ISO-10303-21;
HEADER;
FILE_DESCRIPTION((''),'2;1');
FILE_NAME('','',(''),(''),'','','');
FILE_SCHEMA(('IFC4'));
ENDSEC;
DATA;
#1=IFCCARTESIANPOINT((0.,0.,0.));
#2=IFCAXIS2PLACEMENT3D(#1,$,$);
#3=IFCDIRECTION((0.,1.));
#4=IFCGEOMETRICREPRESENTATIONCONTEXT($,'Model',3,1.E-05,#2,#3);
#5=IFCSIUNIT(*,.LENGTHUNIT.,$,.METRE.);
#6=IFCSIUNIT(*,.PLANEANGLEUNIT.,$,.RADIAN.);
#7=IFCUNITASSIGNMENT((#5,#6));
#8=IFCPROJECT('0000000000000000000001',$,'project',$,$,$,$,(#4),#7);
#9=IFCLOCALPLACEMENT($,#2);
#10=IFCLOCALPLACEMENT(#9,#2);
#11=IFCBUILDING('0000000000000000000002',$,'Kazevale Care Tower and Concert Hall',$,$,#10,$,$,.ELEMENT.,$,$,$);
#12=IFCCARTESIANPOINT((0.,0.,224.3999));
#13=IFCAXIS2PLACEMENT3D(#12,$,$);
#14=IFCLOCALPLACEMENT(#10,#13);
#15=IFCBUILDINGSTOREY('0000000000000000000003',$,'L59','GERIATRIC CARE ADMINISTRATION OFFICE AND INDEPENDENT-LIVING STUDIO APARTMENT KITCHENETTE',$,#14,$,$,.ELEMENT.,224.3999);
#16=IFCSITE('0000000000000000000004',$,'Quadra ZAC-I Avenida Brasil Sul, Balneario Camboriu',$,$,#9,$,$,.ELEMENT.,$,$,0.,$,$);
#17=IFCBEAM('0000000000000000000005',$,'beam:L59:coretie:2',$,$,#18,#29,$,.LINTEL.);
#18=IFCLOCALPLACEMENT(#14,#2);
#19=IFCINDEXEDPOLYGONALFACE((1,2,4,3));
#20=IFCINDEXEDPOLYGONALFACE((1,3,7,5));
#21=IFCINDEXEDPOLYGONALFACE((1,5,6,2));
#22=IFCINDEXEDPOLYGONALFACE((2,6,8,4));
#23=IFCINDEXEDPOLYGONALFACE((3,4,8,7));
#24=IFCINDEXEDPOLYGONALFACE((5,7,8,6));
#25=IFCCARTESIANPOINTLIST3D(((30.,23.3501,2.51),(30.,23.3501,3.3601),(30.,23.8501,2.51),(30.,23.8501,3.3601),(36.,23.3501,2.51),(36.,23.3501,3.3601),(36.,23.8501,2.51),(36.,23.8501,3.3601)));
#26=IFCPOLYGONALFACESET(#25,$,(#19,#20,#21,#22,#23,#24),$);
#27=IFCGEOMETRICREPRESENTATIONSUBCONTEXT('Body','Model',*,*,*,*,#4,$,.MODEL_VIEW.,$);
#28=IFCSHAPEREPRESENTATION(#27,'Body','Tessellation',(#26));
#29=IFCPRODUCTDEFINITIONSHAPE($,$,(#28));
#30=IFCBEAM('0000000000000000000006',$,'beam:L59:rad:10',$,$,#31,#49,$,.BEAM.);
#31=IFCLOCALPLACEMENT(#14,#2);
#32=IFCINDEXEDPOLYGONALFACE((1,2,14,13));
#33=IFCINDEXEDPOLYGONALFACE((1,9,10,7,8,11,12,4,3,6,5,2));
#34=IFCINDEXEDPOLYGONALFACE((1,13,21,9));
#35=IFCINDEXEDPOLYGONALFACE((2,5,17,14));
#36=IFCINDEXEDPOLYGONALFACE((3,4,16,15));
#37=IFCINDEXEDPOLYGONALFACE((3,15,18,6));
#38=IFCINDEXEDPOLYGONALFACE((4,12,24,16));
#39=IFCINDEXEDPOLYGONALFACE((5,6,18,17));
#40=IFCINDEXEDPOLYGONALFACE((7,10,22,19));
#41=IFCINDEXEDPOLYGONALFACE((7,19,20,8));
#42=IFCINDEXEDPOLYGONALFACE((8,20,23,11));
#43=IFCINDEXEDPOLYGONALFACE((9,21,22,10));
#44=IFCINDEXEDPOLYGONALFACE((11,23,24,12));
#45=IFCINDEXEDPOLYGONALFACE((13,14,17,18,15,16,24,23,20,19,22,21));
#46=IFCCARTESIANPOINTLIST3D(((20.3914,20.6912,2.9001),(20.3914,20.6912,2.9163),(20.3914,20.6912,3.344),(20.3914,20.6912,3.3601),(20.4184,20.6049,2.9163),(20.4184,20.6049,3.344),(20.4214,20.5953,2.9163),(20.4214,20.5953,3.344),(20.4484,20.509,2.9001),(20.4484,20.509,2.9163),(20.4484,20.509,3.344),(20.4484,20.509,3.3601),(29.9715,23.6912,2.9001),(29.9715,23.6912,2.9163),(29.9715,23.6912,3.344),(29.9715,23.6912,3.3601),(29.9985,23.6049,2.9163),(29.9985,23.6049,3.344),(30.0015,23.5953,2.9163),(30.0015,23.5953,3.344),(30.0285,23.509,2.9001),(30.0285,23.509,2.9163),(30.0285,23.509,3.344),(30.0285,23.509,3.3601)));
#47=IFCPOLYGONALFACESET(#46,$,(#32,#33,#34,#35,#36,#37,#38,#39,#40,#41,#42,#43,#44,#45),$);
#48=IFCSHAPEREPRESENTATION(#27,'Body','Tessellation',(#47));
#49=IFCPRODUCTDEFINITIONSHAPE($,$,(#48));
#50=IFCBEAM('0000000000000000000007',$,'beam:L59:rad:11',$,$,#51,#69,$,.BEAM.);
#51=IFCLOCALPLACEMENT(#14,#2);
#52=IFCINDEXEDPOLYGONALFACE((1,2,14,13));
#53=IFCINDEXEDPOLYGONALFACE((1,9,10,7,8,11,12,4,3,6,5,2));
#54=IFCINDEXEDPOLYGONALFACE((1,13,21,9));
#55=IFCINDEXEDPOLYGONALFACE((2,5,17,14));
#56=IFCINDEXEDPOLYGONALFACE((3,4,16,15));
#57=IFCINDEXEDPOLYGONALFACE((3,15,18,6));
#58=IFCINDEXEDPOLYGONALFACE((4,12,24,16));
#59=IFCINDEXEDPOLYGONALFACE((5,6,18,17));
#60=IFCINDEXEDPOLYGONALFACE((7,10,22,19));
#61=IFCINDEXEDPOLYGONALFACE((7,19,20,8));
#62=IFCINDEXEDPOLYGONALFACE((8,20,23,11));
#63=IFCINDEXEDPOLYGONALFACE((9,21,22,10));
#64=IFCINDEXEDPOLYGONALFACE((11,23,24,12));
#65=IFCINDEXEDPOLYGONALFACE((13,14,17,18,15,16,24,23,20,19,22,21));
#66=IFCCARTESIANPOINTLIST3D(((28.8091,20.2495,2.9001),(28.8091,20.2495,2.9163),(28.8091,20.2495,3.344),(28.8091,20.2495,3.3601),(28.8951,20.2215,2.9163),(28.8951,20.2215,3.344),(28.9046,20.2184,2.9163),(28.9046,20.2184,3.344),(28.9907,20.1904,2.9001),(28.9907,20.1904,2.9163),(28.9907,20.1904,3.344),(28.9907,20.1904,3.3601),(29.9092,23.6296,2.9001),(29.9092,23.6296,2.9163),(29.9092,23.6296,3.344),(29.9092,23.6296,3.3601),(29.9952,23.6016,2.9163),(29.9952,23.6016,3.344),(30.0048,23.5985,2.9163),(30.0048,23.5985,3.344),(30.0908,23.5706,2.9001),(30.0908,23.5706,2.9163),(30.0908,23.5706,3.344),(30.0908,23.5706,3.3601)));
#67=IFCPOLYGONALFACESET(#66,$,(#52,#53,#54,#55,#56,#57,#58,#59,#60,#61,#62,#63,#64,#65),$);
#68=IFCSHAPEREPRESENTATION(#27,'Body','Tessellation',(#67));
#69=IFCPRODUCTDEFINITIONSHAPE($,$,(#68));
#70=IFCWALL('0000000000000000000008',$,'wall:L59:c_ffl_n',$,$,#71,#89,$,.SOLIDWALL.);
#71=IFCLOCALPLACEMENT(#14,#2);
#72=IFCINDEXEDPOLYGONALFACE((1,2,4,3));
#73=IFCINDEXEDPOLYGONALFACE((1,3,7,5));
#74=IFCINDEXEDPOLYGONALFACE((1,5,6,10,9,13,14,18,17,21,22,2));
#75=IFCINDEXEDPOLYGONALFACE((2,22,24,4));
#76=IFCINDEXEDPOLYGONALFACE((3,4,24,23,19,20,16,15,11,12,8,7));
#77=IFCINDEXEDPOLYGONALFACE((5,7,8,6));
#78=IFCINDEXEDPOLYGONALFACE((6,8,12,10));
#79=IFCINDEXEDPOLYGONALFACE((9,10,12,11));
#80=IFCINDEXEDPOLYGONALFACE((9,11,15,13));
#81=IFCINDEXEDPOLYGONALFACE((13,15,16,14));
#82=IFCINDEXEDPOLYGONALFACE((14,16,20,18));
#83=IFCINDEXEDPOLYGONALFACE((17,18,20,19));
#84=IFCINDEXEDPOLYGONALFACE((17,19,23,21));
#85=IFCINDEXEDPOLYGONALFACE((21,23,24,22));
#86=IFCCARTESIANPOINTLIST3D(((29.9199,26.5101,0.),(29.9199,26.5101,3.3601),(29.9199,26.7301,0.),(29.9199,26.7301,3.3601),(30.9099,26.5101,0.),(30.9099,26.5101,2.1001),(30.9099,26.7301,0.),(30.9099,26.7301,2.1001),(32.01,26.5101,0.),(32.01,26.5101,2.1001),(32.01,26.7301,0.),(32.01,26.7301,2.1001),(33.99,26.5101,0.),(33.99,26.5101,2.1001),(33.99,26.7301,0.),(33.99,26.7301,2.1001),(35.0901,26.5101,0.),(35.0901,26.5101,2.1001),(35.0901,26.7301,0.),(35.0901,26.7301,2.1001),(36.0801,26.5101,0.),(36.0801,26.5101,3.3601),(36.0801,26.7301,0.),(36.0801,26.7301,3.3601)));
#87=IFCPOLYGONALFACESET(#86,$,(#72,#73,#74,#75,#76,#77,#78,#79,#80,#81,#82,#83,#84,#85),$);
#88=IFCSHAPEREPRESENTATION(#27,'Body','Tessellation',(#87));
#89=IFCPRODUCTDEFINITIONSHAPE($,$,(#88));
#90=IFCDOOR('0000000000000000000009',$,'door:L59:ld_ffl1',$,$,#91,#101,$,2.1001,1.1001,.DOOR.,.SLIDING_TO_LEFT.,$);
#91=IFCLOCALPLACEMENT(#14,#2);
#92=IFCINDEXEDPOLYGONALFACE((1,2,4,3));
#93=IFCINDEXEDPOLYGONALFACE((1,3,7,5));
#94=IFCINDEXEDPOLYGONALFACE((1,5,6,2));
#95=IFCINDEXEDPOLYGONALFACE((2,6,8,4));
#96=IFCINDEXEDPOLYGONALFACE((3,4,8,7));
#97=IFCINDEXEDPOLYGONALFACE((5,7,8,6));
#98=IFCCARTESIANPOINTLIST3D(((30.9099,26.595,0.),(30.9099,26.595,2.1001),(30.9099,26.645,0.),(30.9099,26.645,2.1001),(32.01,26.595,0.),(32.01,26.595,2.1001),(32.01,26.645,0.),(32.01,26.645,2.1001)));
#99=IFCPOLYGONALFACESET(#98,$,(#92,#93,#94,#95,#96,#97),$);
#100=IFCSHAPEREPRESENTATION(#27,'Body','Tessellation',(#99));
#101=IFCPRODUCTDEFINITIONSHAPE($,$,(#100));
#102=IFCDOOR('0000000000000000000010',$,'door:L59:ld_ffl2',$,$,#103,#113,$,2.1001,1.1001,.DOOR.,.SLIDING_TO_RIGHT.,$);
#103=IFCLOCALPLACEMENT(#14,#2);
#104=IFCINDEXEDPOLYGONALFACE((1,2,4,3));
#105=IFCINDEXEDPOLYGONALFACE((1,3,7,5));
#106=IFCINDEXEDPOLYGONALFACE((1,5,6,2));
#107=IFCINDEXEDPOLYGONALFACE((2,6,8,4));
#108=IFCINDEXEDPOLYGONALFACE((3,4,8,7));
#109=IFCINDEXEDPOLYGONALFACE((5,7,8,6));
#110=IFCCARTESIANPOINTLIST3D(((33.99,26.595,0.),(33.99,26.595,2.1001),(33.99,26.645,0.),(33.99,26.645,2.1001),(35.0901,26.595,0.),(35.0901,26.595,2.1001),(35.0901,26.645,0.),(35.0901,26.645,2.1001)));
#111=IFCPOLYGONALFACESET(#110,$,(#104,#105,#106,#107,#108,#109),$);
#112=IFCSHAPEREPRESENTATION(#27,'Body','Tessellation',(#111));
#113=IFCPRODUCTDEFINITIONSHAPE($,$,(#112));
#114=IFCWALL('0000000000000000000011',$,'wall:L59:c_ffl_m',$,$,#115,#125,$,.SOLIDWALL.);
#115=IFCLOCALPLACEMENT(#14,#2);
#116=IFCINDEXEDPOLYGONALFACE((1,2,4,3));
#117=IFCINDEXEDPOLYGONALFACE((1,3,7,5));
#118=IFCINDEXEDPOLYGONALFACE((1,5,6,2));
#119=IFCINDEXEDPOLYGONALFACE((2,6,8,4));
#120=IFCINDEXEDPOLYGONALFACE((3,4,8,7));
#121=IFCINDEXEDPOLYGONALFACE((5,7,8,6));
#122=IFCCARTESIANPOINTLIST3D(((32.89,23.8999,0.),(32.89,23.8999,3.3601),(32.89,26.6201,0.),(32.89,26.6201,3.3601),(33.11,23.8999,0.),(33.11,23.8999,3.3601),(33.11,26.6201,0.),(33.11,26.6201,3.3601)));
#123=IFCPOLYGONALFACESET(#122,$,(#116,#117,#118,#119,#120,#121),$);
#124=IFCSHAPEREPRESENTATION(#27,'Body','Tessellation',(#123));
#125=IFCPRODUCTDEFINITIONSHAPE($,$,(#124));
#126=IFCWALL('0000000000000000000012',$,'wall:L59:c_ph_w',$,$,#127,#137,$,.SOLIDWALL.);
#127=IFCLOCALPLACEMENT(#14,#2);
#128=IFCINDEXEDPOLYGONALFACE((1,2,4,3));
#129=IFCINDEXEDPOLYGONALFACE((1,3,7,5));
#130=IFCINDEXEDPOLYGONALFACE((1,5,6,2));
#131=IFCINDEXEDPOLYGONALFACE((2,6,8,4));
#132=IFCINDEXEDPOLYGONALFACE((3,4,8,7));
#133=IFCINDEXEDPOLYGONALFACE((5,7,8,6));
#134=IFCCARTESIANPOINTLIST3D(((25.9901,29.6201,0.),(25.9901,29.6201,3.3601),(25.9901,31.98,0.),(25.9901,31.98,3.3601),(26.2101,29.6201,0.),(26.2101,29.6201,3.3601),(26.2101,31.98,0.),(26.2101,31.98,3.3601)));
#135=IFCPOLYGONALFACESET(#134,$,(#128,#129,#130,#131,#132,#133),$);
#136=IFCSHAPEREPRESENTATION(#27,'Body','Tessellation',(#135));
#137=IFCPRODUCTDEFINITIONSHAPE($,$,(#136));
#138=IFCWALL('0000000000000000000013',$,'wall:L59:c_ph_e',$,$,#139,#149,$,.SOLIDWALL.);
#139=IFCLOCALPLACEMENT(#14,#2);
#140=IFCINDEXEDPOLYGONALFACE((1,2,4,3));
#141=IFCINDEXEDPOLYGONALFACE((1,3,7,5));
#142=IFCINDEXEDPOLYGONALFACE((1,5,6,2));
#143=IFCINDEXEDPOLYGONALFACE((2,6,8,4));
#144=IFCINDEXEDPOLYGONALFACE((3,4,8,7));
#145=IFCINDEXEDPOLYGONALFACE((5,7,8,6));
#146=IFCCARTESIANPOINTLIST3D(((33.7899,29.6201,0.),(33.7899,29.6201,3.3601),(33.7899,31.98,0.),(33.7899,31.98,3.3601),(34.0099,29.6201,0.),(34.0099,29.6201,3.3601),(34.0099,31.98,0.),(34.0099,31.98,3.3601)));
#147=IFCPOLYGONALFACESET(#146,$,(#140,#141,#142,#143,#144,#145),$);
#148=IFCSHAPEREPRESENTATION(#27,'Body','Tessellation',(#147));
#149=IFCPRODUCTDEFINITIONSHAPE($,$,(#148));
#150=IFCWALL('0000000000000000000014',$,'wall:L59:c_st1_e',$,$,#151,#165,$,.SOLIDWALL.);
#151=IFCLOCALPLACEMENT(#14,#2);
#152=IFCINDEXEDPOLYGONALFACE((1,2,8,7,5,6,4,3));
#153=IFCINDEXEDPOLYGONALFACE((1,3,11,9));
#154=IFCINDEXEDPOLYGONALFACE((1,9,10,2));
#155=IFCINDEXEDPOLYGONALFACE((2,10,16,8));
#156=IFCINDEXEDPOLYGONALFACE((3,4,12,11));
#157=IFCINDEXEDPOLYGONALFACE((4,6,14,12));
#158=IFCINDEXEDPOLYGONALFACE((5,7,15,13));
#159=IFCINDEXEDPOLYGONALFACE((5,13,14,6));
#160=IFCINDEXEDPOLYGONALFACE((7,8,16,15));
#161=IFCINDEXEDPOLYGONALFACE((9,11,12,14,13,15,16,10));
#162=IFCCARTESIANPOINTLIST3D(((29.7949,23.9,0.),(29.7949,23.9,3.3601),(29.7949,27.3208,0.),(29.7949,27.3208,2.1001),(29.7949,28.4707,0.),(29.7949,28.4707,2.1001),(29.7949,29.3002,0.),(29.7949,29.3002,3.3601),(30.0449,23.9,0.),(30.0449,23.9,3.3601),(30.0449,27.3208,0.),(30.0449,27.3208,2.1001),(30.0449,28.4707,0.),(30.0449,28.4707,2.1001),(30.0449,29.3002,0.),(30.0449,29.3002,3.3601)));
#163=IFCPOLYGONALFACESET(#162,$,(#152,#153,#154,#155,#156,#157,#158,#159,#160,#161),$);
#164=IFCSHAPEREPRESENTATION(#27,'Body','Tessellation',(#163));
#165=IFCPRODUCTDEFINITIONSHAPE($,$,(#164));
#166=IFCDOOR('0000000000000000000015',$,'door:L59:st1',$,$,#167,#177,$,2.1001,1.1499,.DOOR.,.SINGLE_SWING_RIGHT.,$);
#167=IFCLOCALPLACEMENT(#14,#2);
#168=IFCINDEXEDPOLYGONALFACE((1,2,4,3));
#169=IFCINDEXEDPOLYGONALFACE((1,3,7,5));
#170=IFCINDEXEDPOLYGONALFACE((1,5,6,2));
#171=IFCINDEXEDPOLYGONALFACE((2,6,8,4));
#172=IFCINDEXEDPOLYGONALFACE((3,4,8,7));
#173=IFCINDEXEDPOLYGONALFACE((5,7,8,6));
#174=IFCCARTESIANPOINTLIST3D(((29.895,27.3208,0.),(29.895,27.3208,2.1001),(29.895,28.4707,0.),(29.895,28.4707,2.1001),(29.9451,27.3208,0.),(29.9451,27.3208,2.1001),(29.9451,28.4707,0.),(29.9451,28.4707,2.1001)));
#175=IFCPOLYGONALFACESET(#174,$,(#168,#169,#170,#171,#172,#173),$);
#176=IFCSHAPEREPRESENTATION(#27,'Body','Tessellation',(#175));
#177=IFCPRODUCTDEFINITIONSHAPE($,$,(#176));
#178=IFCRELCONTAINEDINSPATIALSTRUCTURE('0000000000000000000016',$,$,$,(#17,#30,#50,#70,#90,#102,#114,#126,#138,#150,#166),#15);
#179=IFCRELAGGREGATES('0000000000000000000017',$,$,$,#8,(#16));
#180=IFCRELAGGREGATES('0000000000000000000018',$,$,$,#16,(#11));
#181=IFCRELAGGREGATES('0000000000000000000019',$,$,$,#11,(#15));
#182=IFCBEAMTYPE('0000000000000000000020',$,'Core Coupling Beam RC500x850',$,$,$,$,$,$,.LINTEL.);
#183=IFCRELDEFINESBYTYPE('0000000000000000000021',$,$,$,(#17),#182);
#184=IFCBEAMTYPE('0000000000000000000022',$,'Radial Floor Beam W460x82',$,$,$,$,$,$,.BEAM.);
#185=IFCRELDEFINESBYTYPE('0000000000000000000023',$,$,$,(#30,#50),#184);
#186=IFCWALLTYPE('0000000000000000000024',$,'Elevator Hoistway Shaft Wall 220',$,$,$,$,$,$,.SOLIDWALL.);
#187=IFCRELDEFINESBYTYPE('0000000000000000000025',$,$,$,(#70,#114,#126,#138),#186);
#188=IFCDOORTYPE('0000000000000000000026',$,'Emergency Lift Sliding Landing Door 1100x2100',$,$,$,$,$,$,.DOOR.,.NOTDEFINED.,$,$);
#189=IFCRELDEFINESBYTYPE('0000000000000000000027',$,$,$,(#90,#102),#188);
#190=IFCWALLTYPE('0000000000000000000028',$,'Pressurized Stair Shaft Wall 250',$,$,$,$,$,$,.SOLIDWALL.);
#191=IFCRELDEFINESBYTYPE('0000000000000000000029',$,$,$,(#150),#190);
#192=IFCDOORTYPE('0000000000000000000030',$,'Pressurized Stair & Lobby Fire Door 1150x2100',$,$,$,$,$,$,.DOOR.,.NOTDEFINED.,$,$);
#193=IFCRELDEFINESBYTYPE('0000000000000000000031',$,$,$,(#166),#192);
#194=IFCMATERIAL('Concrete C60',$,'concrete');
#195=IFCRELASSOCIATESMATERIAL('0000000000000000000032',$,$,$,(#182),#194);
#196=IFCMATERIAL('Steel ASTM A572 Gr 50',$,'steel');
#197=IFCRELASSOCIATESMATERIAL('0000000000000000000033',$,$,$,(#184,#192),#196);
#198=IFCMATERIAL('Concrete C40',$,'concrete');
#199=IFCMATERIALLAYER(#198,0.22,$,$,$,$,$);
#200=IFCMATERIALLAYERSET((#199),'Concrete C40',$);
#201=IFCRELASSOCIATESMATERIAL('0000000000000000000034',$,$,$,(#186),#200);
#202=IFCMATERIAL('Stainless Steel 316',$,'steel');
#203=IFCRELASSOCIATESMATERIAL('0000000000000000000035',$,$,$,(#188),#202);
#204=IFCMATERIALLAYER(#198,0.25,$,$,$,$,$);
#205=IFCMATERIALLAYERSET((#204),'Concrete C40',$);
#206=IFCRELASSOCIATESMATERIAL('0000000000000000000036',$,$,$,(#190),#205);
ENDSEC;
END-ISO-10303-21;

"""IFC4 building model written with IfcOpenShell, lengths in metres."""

from ifc_helpers import new_model, si_unit, direction, frame, frame_2d, origin, origin_2d, place, context, subcontext, project, spatial, rectangle, i_section, extrude, material, layer, layer_set, material_profile, profile_set, type_object, element, fill, save


model = new_model("IFC4")

# Units and contexts
model_context = context("Model", 3, precision=1e-05, world=origin(), true_north=direction((0.0, 1.0)))
body_context = subcontext(model_context, "Body", "Model", "MODEL_VIEW")
ifc_project = project(units=[si_unit("LENGTHUNIT", "METRE"), si_unit("PLANEANGLEUNIT", "RADIAN")], contexts=[model_context])

# Site, building, storey
site_placement = place(None, origin())
site = spatial("IfcSite", under=ifc_project, at=site_placement, Name="Quadra ZAC-I Avenida Brasil Sul, Balneario Camboriu", CompositionType="ELEMENT", RefElevation=0.0)
building_placement = place(site_placement, origin())
building = spatial("IfcBuilding", under=site, at=building_placement, Name="Kazevale Care Tower and Concert Hall", CompositionType="ELEMENT")
storey_placement = place(building_placement, frame((0.0, 0.0, 224.3999)))
storey = spatial("IfcBuildingStorey", under=building, at=storey_placement, Name="L59", Description="GERIATRIC CARE ADMINISTRATION OFFICE AND INDEPENDENT-LIVING STUDIO APARTMENT KITCHENETTE", CompositionType="ELEMENT", Elevation=224.3999)

# Beams
ifc_material_1 = material(Name="Concrete C60", Category="concrete")
ifc_material_profile_1 = material_profile(ifc_material_1, rectangle(XDim=0.5, YDim=0.8501, at=origin_2d()), Name="RC-B500x850")
ifc_profile_set_1 = profile_set([ifc_material_profile_1], Name="Concrete C60")
beam_type_1 = type_object("IfcBeamType", Name="Core Coupling Beam RC500x850", PredefinedType="LINTEL", material=ifc_profile_set_1)
beam_1_placement = place(storey_placement, frame((30.0, 23.6001, 2.9351), z_axis=(1.0, 0.0, 0.0), x_axis=(0.0, 1.0, 0.0)))
element("IfcBeam", 1, at=beam_1_placement, inside=storey, type_object=beam_type_1, Name="beam:L59:coretie:2", PredefinedType="LINTEL", context=body_context, shape_type="SweptSolid", body=[
    extrude(rectangle(XDim=0.5, YDim=0.8501, at=origin_2d()), origin(), (0.0, 0.0, 1.0), 6.0),
])
ifc_material_2 = material(Name="Steel ASTM A572 Gr 50", Category="steel")
ifc_material_profile_2 = material_profile(ifc_material_2, i_section(OverallWidth=0.1909, OverallDepth=0.46, WebThickness=0.01, FlangeThickness=0.0161, at=origin_2d()), Name="W460x82")
ifc_profile_set_2 = profile_set([ifc_material_profile_2], Name="Steel ASTM A572 Gr 50")
beam_type_2 = type_object("IfcBeamType", Name="Radial Floor Beam W460x82", PredefinedType="BEAM", material=ifc_profile_set_2)
beam_2_placement = place(storey_placement, frame((30.0, 23.6001, 3.1301), z_axis=(-0.954303, -0.29884, 0.0), x_axis=(0.29884, -0.954303, 0.0)))
element("IfcBeam", 2, at=beam_2_placement, inside=storey, type_object=beam_type_2, Name="beam:L59:rad:10", PredefinedType="BEAM", context=body_context, shape_type="SweptSolid", body=[
    extrude(i_section(OverallWidth=0.1909, OverallDepth=0.46, WebThickness=0.01, FlangeThickness=0.0161, at=origin_2d()), origin(), (0.0, 0.0, 1.0), 10.0388),
])
beam_3_placement = place(storey_placement, frame((30.0, 23.6001, 3.1301), z_axis=(-0.309482, -0.950905, 0.0), x_axis=(0.950905, -0.309482, 0.0)))
element("IfcBeam", 3, at=beam_3_placement, inside=storey, type_object=beam_type_2, Name="beam:L59:rad:11", PredefinedType="BEAM", context=body_context, shape_type="SweptSolid", body=[
    extrude(i_section(OverallWidth=0.1909, OverallDepth=0.46, WebThickness=0.01, FlangeThickness=0.0161, at=origin_2d()), origin(), (0.0, 0.0, 1.0), 3.5547),
])

# Wall, openings, doors
ifc_material_3 = material(Name="Concrete C40", Category="concrete")
ifc_layer_1 = layer(ifc_material_3, 0.22)
ifc_layer_set_1 = layer_set([ifc_layer_1], Name="Concrete C40")
wall_type_1 = type_object("IfcWallType", Name="Elevator Hoistway Shaft Wall 220", PredefinedType="SOLIDWALL", material=ifc_layer_set_1)
wall_1_placement = place(storey_placement, frame((29.9199, 26.6201, 0.0), z_axis=(0.0, 0.0, 1.0), x_axis=(1.0, 0.0, 0.0)))
wall_1 = element("IfcWall", 4, at=wall_1_placement, inside=storey, type_object=wall_type_1, Name="wall:L59:c_ffl_n", PredefinedType="SOLIDWALL", context=body_context, shape_type="SweptSolid", body=[
    extrude(rectangle(XDim=6.1602, YDim=0.22, at=frame_2d((3.0801, 0.0))), origin(), (0.0, 0.0, 1.0), 3.3601),
])
opening_1_placement = place(wall_1_placement, frame((0.99, 0.0, 0.0)))
opening_1 = element("IfcOpeningElement", 5, at=opening_1_placement, cuts=wall_1, PredefinedType="OPENING", context=body_context, shape_type="SweptSolid", body=[
    extrude(rectangle(XDim=1.1001, YDim=2.1001, at=frame_2d((0.55, 1.05))), frame((0.0, 0.1199, 0.0), z_axis=(0.0, -1.0, 0.0), x_axis=(1.0, 0.0, 0.0)), (0.0, 0.0, 1.0), 0.24),
])
opening_2_placement = place(wall_1_placement, frame((4.0701, 0.0, 0.0)))
opening_2 = element("IfcOpeningElement", 6, at=opening_2_placement, cuts=wall_1, PredefinedType="OPENING", context=body_context, shape_type="SweptSolid", body=[
    extrude(rectangle(XDim=1.1001, YDim=2.1001, at=frame_2d((0.55, 1.05))), frame((0.0, 0.1199, 0.0), z_axis=(0.0, -1.0, 0.0), x_axis=(1.0, 0.0, 0.0)), (0.0, 0.0, 1.0), 0.24),
])
ifc_material_4 = material(Name="Stainless Steel 316", Category="steel")
door_type_1 = type_object("IfcDoorType", Name="Emergency Lift Sliding Landing Door 1100x2100", OperationType="NOTDEFINED", PredefinedType="DOOR", material=ifc_material_4)
door_1_placement = place(opening_1_placement, origin())
door_1 = element("IfcDoor", 7, at=door_1_placement, inside=storey, type_object=door_type_1, Name="door:L59:ld_ffl1", OperationType="SLIDING_TO_LEFT", OverallHeight=2.1001, OverallWidth=1.1001, PredefinedType="DOOR", context=body_context, shape_type="SweptSolid", body=[
    extrude(rectangle(XDim=1.1001, YDim=2.1001, at=frame_2d((0.55, 1.05))), frame((0.0, 0.0249, 0.0), z_axis=(0.0, -1.0, 0.0), x_axis=(1.0, 0.0, 0.0)), (0.0, 0.0, 1.0), 0.05),
])
fill(opening_1, door_1)
door_2_placement = place(opening_2_placement, origin())
door_2 = element("IfcDoor", 8, at=door_2_placement, inside=storey, type_object=door_type_1, Name="door:L59:ld_ffl2", OperationType="SLIDING_TO_RIGHT", OverallHeight=2.1001, OverallWidth=1.1001, PredefinedType="DOOR", context=body_context, shape_type="SweptSolid", body=[
    extrude(rectangle(XDim=1.1001, YDim=2.1001, at=frame_2d((0.55, 1.05))), frame((0.0, 0.0249, 0.0), z_axis=(0.0, -1.0, 0.0), x_axis=(1.0, 0.0, 0.0)), (0.0, 0.0, 1.0), 0.05),
])
fill(opening_2, door_2)

# Walls
wall_2_placement = place(storey_placement, frame((33.0, 23.8999, 0.0), z_axis=(0.0, 0.0, 1.0), x_axis=(0.0, 1.0, 0.0)))
element("IfcWall", 9, at=wall_2_placement, inside=storey, type_object=wall_type_1, Name="wall:L59:c_ffl_m", PredefinedType="SOLIDWALL", context=body_context, shape_type="SweptSolid", body=[
    extrude(rectangle(XDim=2.7202, YDim=0.22, at=frame_2d((1.3601, 0.0))), origin(), (0.0, 0.0, 1.0), 3.3601),
])
for number, where, z_axis, x_axis, name in (
    (10, (26.1001, 29.6201, 0.0), (0.0, 0.0, 1.0), (0.0, 1.0, 0.0), "wall:L59:c_ph_w"),
    (11, (33.8999, 29.6201, 0.0), (0.0, 0.0, 1.0), (0.0, 1.0, 0.0), "wall:L59:c_ph_e"),
):
    element("IfcWall", number, at=place(storey_placement, frame(where, z_axis=z_axis, x_axis=x_axis)), inside=storey, type_object=wall_type_1, Name=name, PredefinedType="SOLIDWALL", context=body_context, shape_type="SweptSolid", body=[
        extrude(rectangle(XDim=2.3599, YDim=0.22, at=frame_2d((1.1799, 0.0))), origin(), (0.0, 0.0, 1.0), 3.3601),
    ])

# Wall, opening, door
ifc_layer_2 = layer(ifc_material_3, 0.25)
ifc_layer_set_2 = layer_set([ifc_layer_2], Name="Concrete C40")
wall_type_2 = type_object("IfcWallType", Name="Pressurized Stair Shaft Wall 250", PredefinedType="SOLIDWALL", material=ifc_layer_set_2)
wall_3_placement = place(storey_placement, frame((29.9199, 23.8999, 0.0), z_axis=(0.0, 0.0, 1.0), x_axis=(0.0, 1.0, 0.0)))
wall_3 = element("IfcWall", 12, at=wall_3_placement, inside=storey, type_object=wall_type_2, Name="wall:L59:c_st1_e", PredefinedType="SOLIDWALL", context=body_context, shape_type="SweptSolid", body=[
    extrude(rectangle(XDim=5.4001, YDim=0.25, at=frame_2d((2.7002, 0.0))), origin(), (0.0, 0.0, 1.0), 3.3601),
])
opening_3_placement = place(wall_3_placement, frame((3.4209, 0.0, 0.0)))
opening_3 = element("IfcOpeningElement", 13, at=opening_3_placement, cuts=wall_3, PredefinedType="OPENING", context=body_context, shape_type="SweptSolid", body=[
    extrude(rectangle(XDim=1.1499, YDim=2.1001, at=frame_2d((0.575, 1.05))), frame((0.0, 0.135, 0.0), z_axis=(0.0, -1.0, 0.0), x_axis=(1.0, 0.0, 0.0)), (0.0, 0.0, 1.0), 0.27),
])
door_type_2 = type_object("IfcDoorType", Name="Pressurized Stair & Lobby Fire Door 1150x2100", OperationType="NOTDEFINED", PredefinedType="DOOR", material=ifc_material_2)
door_3_placement = place(opening_3_placement, origin())
door_3 = element("IfcDoor", 14, at=door_3_placement, inside=storey, type_object=door_type_2, Name="door:L59:st1", OperationType="SINGLE_SWING_RIGHT", OverallHeight=2.1001, OverallWidth=1.1499, PredefinedType="DOOR", context=body_context, shape_type="SweptSolid", body=[
    extrude(rectangle(XDim=1.1499, YDim=2.1001, at=frame_2d((0.575, 1.05))), frame((0.0, 0.0249, 0.0), z_axis=(0.0, -1.0, 0.0), x_axis=(1.0, 0.0, 0.0)), (0.0, 0.0, 1.0), 0.05),
])
fill(opening_3, door_3)

save(model, "model.ifc")
